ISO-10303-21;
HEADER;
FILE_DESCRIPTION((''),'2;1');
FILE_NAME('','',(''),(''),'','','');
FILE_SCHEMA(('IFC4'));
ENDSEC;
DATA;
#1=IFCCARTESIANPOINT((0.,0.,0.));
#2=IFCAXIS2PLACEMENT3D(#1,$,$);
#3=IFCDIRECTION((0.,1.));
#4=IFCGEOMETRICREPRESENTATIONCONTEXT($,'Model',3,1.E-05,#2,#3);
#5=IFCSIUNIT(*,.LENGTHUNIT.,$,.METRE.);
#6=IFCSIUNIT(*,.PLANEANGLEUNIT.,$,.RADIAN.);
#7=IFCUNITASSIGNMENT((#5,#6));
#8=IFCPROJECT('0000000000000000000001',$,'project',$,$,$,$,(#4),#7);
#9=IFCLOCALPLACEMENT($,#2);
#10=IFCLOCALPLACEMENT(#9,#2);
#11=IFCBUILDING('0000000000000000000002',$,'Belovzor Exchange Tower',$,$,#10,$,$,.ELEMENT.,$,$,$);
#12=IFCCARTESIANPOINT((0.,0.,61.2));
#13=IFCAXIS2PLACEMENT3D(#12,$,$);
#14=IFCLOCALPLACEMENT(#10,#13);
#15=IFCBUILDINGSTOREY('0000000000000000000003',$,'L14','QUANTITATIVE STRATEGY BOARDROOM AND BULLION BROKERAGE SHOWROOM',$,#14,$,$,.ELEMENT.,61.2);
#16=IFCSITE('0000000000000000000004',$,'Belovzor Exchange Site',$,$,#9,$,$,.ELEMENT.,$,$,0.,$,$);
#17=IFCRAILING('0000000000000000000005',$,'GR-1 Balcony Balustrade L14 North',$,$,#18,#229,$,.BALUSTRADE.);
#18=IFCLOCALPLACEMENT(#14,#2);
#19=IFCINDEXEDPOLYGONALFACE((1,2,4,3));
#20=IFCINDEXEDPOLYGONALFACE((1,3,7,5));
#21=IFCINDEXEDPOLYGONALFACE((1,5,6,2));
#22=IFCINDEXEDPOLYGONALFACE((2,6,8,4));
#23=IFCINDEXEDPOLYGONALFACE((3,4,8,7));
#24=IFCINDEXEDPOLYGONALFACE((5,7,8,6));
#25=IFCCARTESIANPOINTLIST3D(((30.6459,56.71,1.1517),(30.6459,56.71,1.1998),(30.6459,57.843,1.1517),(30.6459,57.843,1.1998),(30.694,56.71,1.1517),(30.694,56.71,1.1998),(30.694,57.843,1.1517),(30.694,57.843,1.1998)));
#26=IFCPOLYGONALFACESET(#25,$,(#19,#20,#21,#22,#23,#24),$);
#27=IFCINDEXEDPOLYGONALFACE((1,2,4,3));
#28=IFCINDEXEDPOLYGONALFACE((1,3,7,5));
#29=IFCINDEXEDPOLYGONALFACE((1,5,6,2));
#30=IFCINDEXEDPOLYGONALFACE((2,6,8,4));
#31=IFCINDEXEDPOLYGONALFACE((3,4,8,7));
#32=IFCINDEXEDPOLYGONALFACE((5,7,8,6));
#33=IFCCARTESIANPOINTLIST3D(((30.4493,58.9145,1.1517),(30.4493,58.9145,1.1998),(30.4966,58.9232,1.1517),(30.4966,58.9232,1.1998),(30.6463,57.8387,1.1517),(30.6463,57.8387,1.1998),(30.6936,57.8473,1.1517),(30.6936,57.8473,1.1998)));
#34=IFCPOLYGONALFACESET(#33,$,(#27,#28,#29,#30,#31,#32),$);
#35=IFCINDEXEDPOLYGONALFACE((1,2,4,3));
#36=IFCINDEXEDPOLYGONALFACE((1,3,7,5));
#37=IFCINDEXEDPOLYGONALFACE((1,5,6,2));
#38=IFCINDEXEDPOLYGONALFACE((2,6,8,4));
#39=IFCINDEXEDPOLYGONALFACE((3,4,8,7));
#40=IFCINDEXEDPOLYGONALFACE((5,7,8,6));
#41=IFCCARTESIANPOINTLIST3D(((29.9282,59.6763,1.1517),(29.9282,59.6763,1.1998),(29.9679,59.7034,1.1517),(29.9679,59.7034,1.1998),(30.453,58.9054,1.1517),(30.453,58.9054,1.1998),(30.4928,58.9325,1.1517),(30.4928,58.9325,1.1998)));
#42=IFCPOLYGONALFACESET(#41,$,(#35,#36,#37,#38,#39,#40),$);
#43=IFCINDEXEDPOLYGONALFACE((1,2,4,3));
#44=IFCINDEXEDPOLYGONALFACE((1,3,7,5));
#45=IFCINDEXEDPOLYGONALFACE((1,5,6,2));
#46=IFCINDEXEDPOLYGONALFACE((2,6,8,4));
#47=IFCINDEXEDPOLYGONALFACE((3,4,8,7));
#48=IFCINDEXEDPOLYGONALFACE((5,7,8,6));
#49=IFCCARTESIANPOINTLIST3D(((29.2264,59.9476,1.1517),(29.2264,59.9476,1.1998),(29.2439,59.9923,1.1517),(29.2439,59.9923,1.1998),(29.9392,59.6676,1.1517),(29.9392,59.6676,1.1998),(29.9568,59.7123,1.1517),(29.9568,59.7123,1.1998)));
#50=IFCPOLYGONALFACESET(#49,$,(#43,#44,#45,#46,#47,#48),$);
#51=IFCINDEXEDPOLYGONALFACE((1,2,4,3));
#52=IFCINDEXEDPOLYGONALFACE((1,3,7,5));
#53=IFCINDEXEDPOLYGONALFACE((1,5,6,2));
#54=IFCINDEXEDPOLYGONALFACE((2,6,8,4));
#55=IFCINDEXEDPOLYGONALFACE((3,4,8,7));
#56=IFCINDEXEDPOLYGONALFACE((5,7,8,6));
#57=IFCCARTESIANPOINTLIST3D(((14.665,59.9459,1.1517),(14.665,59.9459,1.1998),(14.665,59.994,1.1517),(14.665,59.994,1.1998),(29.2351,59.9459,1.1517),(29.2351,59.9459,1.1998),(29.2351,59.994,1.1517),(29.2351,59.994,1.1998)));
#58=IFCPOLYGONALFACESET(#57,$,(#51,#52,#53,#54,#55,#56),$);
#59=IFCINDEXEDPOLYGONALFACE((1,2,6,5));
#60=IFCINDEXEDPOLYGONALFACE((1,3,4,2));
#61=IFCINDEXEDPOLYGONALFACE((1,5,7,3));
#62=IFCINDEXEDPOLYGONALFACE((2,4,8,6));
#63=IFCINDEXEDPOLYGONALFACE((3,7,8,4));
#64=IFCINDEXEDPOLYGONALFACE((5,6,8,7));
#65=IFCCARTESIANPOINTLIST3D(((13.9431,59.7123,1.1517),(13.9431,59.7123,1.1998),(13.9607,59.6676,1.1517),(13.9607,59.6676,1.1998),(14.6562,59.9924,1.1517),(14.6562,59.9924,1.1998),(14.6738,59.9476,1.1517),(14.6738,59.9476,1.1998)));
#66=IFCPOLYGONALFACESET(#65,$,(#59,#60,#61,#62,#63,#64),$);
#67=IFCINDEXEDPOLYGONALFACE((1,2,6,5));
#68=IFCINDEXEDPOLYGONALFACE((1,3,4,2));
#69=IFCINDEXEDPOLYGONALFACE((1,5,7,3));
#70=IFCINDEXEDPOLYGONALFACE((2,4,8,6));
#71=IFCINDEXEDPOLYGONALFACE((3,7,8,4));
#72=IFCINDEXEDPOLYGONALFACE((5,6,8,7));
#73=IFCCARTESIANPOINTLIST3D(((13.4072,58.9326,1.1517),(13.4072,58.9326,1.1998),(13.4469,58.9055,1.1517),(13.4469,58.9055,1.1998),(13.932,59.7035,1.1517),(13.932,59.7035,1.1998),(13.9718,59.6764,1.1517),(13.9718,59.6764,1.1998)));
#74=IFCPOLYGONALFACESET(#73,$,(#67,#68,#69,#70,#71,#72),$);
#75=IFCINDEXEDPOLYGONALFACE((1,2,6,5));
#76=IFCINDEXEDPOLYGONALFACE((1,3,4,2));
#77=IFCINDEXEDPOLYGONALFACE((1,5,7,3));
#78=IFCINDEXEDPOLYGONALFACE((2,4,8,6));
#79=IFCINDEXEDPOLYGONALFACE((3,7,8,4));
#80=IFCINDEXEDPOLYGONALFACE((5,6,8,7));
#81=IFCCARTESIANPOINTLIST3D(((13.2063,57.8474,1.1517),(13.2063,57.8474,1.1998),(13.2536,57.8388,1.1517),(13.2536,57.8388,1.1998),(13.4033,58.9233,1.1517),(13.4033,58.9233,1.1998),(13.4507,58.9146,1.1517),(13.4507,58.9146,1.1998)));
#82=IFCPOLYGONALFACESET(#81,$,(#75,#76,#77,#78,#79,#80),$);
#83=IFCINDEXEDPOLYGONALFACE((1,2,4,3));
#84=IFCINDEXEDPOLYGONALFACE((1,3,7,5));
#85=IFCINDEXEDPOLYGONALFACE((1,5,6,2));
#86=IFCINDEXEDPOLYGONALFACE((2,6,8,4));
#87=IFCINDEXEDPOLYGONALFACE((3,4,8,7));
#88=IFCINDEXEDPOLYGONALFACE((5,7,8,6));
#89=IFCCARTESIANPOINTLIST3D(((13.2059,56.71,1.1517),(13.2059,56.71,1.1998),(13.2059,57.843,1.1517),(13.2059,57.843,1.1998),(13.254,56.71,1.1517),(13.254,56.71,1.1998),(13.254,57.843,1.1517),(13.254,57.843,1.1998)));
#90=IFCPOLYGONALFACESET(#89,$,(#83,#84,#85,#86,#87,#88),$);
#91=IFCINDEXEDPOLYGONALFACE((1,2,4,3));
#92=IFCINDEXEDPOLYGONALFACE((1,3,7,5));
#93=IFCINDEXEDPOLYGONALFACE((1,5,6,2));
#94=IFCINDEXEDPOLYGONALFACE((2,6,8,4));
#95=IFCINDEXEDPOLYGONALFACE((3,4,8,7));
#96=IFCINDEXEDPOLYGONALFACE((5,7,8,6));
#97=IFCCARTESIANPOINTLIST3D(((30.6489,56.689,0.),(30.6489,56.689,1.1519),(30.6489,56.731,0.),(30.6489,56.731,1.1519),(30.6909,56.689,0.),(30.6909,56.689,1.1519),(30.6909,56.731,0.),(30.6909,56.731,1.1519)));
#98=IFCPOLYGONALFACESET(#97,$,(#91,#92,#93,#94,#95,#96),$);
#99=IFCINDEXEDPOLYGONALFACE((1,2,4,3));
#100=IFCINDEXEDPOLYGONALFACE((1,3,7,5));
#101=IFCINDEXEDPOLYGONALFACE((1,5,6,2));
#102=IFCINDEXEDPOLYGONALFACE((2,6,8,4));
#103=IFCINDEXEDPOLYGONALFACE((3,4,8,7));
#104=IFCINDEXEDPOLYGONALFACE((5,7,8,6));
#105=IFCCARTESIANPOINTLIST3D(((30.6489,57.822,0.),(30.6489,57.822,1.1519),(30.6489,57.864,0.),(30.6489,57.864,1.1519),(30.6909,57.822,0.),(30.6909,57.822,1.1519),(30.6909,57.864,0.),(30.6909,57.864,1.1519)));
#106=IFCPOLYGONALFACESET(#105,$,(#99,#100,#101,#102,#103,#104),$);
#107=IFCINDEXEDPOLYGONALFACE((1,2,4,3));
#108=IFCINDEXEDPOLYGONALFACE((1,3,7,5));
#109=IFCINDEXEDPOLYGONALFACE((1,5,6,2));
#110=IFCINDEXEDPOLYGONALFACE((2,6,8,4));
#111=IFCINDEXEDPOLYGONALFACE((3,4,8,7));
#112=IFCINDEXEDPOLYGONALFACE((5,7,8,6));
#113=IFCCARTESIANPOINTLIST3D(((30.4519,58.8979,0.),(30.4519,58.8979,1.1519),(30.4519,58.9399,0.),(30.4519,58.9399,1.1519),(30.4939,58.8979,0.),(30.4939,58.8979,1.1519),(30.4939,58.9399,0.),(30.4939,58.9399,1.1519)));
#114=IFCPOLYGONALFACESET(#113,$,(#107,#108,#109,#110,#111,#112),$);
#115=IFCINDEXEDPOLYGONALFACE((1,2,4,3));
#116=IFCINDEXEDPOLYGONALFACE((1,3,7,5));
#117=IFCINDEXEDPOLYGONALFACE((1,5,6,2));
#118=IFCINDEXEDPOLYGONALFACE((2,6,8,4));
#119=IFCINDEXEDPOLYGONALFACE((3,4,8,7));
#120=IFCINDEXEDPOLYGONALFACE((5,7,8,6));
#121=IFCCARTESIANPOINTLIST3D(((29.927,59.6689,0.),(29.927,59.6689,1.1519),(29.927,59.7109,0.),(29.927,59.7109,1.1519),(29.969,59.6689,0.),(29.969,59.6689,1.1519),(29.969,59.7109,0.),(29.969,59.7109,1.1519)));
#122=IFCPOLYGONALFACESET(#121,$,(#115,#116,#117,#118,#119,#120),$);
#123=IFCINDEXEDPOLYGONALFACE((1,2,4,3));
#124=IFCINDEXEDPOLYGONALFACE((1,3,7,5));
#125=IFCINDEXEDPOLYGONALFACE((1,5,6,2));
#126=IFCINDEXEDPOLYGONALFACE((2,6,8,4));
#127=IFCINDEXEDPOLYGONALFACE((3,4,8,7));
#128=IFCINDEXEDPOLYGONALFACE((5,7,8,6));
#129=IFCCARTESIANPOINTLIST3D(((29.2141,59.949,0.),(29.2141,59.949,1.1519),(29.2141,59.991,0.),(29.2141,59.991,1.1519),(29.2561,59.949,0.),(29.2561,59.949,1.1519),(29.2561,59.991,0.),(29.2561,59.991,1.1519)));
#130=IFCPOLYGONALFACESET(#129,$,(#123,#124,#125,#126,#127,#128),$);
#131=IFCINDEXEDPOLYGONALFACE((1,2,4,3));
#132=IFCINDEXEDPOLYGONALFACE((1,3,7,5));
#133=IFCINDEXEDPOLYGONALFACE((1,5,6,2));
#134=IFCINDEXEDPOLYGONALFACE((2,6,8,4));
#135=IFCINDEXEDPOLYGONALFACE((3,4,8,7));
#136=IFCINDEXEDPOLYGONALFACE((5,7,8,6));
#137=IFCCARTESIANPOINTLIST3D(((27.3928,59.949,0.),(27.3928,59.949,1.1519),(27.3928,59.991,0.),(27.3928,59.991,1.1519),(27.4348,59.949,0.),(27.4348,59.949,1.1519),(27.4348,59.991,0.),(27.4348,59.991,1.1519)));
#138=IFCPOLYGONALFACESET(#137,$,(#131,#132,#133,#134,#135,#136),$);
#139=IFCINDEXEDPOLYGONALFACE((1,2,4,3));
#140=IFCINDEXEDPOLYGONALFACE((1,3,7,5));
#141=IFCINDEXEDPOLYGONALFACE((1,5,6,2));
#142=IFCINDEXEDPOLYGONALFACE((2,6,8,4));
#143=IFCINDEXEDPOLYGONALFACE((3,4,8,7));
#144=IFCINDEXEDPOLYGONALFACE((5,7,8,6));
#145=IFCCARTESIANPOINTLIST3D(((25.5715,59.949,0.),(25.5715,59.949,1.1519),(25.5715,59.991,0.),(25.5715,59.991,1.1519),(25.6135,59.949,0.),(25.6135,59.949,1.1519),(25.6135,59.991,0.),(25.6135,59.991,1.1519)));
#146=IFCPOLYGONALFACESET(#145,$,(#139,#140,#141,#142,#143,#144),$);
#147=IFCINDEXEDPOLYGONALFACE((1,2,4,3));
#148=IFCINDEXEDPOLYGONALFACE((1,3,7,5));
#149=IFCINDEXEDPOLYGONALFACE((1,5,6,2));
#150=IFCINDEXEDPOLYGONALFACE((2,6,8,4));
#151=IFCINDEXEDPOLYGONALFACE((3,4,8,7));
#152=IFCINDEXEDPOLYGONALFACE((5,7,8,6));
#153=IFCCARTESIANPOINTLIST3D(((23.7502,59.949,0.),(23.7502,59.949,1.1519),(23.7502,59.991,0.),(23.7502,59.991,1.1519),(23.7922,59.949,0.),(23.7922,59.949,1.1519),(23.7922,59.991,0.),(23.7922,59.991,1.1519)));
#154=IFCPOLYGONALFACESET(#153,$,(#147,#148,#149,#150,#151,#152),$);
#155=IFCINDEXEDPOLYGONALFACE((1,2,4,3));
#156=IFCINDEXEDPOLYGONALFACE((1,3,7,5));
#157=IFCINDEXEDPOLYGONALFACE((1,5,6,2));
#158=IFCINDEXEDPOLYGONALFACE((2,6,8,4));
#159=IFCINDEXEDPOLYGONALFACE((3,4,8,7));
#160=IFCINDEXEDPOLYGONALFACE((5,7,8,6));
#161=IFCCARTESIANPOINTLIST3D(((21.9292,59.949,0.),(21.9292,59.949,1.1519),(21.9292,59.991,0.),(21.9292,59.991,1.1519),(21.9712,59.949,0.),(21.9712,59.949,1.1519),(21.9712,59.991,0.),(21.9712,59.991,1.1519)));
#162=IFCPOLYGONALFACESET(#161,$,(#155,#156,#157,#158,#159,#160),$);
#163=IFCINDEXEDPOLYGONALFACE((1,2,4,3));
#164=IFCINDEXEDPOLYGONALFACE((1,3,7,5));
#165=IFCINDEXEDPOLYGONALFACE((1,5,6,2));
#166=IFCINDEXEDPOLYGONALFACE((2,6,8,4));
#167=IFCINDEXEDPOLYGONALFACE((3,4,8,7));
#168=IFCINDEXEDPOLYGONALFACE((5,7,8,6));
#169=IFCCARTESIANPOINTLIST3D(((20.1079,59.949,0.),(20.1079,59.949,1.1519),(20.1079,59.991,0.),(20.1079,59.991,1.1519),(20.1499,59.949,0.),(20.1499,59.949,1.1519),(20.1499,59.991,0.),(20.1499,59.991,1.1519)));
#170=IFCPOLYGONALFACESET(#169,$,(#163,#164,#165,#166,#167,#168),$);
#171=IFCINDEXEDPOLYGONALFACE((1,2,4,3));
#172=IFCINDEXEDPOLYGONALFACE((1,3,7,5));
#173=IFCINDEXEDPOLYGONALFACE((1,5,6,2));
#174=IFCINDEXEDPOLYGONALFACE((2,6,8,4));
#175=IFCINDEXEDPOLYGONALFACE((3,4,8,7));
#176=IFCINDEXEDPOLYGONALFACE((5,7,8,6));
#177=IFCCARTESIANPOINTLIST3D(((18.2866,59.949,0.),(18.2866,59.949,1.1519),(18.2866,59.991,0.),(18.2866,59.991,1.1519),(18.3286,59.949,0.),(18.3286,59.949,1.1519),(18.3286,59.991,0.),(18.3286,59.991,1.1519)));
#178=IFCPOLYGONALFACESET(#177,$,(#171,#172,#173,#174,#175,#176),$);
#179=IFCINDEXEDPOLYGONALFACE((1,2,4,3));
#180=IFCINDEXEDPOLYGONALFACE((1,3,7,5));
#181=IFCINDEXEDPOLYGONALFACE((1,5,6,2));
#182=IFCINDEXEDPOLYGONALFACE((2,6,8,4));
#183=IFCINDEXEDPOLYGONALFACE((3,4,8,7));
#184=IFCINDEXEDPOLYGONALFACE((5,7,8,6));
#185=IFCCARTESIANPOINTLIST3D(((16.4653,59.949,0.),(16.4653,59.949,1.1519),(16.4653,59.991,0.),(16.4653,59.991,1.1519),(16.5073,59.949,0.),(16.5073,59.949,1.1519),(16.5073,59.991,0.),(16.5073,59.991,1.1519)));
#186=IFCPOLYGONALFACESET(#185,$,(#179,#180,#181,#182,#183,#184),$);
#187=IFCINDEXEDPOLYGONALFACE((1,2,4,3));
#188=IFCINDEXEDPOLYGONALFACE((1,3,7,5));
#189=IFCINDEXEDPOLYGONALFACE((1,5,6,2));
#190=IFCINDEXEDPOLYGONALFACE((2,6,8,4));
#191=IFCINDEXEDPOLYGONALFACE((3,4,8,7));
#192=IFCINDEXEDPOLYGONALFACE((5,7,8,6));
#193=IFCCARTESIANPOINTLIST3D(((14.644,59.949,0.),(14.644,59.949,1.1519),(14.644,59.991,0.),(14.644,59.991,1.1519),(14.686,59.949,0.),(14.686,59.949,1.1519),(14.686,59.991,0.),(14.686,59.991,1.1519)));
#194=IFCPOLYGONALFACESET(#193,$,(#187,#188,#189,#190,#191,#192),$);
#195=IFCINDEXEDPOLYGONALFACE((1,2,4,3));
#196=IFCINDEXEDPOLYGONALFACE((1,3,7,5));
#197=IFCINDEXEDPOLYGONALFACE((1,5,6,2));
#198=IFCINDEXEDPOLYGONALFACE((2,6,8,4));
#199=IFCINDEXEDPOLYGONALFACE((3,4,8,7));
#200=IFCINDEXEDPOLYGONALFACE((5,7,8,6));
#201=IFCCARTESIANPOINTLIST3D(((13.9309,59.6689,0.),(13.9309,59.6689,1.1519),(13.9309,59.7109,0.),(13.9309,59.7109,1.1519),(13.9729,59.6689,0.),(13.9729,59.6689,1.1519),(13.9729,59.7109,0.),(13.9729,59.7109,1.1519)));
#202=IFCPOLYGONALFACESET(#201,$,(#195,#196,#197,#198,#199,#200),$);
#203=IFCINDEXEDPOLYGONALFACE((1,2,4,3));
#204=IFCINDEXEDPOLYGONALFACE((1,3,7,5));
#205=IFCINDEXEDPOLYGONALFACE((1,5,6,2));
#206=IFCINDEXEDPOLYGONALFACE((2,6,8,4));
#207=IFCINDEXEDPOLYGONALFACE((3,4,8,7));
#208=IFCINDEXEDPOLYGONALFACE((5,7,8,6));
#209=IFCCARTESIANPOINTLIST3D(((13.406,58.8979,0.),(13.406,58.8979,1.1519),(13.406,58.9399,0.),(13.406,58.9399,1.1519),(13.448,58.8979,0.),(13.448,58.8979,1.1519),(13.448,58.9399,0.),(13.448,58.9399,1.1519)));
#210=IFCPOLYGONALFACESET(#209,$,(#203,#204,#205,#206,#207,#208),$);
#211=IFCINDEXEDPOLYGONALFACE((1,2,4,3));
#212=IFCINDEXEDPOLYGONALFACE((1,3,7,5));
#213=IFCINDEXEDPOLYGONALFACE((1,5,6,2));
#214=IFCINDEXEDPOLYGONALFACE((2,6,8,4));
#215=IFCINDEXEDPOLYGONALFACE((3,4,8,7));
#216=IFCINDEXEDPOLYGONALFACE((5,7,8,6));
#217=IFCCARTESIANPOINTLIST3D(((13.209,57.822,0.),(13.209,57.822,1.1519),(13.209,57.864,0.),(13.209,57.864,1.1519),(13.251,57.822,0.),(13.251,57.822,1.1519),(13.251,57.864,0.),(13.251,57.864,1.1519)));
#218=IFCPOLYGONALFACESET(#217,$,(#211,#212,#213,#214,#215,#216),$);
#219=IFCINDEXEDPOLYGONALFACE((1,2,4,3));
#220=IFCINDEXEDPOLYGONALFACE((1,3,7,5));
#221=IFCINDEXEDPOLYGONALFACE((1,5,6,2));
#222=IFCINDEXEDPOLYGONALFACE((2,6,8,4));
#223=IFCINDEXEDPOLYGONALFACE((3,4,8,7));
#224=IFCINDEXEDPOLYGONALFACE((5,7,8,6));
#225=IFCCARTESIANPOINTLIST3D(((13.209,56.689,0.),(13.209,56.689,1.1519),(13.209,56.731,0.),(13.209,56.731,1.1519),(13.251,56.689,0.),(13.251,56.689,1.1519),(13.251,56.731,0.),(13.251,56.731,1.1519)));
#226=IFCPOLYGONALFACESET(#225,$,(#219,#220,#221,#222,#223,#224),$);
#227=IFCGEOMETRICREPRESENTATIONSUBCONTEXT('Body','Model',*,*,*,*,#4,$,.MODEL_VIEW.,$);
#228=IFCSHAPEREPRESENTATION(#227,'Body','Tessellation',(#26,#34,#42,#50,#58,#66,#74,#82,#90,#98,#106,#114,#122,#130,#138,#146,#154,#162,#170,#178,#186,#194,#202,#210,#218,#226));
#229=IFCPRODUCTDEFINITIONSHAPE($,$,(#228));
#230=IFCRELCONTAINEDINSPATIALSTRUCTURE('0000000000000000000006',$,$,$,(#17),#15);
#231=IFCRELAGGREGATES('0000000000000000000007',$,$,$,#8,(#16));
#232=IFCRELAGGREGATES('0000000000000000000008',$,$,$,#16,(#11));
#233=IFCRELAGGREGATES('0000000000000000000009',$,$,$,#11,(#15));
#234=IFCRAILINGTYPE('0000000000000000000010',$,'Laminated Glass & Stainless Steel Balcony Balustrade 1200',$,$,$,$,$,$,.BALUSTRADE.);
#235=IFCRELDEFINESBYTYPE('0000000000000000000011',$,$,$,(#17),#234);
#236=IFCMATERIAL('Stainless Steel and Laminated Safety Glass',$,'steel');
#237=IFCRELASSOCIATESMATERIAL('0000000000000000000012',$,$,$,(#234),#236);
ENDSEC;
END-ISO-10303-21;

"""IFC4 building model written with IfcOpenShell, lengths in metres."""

from ifc_helpers import new_model, si_unit, direction, frame, origin, origin_2d, place, context, subcontext, project, spatial, rectangle, extrude, material, type_object, element, save


model = new_model("IFC4")

# Units and contexts
model_context = context("Model", 3, precision=1e-05, world=origin(), true_north=direction((0.0, 1.0)))
body_context = subcontext(model_context, "Body", "Model", "MODEL_VIEW")
ifc_project = project(units=[si_unit("LENGTHUNIT", "METRE"), si_unit("PLANEANGLEUNIT", "RADIAN")], contexts=[model_context])

# Site, building, storey
site_placement = place(None, origin())
site = spatial("IfcSite", under=ifc_project, at=site_placement, Name="Belovzor Exchange Site", CompositionType="ELEMENT", RefElevation=0.0)
building_placement = place(site_placement, origin())
building = spatial("IfcBuilding", under=site, at=building_placement, Name="Belovzor Exchange Tower", CompositionType="ELEMENT")
storey_placement = place(building_placement, frame((0.0, 0.0, 61.2)))
storey = spatial("IfcBuildingStorey", under=building, at=storey_placement, Name="L14", Description="QUANTITATIVE STRATEGY BOARDROOM AND BULLION BROKERAGE SHOWROOM", CompositionType="ELEMENT", Elevation=61.2)

# Railing
ifc_material_1 = material(Name="Stainless Steel and Laminated Safety Glass", Category="steel")
railing_type = type_object("IfcRailingType", Name="Laminated Glass & Stainless Steel Balcony Balustrade 1200", PredefinedType="BALUSTRADE", material=ifc_material_1)
railing_placement = place(storey_placement, frame((30.6699, 56.71, 0.0)))
element("IfcRailing", 1, at=railing_placement, inside=storey, type_object=railing_type, Name="GR-1 Balcony Balustrade L14 North", PredefinedType="BALUSTRADE", context=body_context, shape_type="SweptSolid", body=[
    extrude(rectangle(XDim=0.0481, YDim=0.0481, at=origin_2d()), frame((0.0, 0.0, 1.1758), z_axis=(0.0, 1.0, 0.0), x_axis=(-1.0, 0.0, 0.0)), (0.0, 0.0, 1.0), 1.1331),
    extrude(rectangle(XDim=0.0481, YDim=0.0481, at=origin_2d()), frame((0.0, 1.1331, 1.1758), z_axis=(-0.180123, 0.983644, 0.0), x_axis=(-0.983644, -0.180123, 0.0)), (0.0, 0.0, 1.0), 1.0938),
    extrude(rectangle(XDim=0.0481, YDim=0.0481, at=origin_2d()), frame((-0.197, 2.209, 1.1758), z_axis=(-0.562768, 0.826615, 0.0), x_axis=(-0.826615, -0.562768, 0.0)), (0.0, 0.0, 1.0), 0.9326),
    extrude(rectangle(XDim=0.0481, YDim=0.0481, at=origin_2d()), frame((-0.7219, 2.98, 1.1758), z_axis=(-0.930767, 0.365613, 0.0), x_axis=(-0.365613, -0.930767, 0.0)), (0.0, 0.0, 1.0), 0.7659),
    extrude(rectangle(XDim=0.0481, YDim=0.0481, at=origin_2d()), frame((-1.4348, 3.26, 1.1758), z_axis=(-1.0, 0.0, 0.0), x_axis=(0.0, -1.0, 0.0)), (0.0, 0.0, 1.0), 14.5701),
    extrude(rectangle(XDim=0.0481, YDim=0.0481, at=origin_2d()), frame((-16.0049, 3.26, 1.1758), z_axis=(-0.93081, -0.365504, 0.0), x_axis=(0.365504, -0.93081, 0.0)), (0.0, 0.0, 1.0), 0.7661),
    extrude(rectangle(XDim=0.0481, YDim=0.0481, at=origin_2d()), frame((-16.718, 2.98, 1.1758), z_axis=(-0.562768, -0.826615, 0.0), x_axis=(0.826615, -0.562768, 0.0)), (0.0, 0.0, 1.0), 0.9326),
    extrude(rectangle(XDim=0.0481, YDim=0.0481, at=origin_2d()), frame((-17.2429, 2.209, 1.1758), z_axis=(-0.180123, -0.983644, 0.0), x_axis=(0.983644, -0.180123, 0.0)), (0.0, 0.0, 1.0), 1.0938),
    extrude(rectangle(XDim=0.0481, YDim=0.0481, at=origin_2d()), frame((-17.4399, 1.1331, 1.1758), z_axis=(0.0, -1.0, 0.0), x_axis=(1.0, 0.0, 0.0)), (0.0, 0.0, 1.0), 1.1331),
    extrude(rectangle(XDim=0.042, YDim=0.042, at=origin_2d()), origin(), (0.0, 0.0, 1.0), 1.1519),
    extrude(rectangle(XDim=0.042, YDim=0.042, at=origin_2d()), frame((0.0, 1.1331, 0.0)), (0.0, 0.0, 1.0), 1.1519),
    extrude(rectangle(XDim=0.042, YDim=0.042, at=origin_2d()), frame((-0.197, 2.209, 0.0)), (0.0, 0.0, 1.0), 1.1519),
    extrude(rectangle(XDim=0.042, YDim=0.042, at=origin_2d()), frame((-0.7219, 2.98, 0.0)), (0.0, 0.0, 1.0), 1.1519),
    extrude(rectangle(XDim=0.042, YDim=0.042, at=origin_2d()), frame((-1.4348, 3.26, 0.0)), (0.0, 0.0, 1.0), 1.1519),
    extrude(rectangle(XDim=0.042, YDim=0.042, at=origin_2d()), frame((-3.2561, 3.26, 0.0)), (0.0, 0.0, 1.0), 1.1519),
    extrude(rectangle(XDim=0.042, YDim=0.042, at=origin_2d()), frame((-5.0774, 3.26, 0.0)), (0.0, 0.0, 1.0), 1.1519),
    extrude(rectangle(XDim=0.042, YDim=0.042, at=origin_2d()), frame((-6.8987, 3.26, 0.0)), (0.0, 0.0, 1.0), 1.1519),
    extrude(rectangle(XDim=0.042, YDim=0.042, at=origin_2d()), frame((-8.7197, 3.26, 0.0)), (0.0, 0.0, 1.0), 1.1519),
    extrude(rectangle(XDim=0.042, YDim=0.042, at=origin_2d()), frame((-10.541, 3.26, 0.0)), (0.0, 0.0, 1.0), 1.1519),
    extrude(rectangle(XDim=0.042, YDim=0.042, at=origin_2d()), frame((-12.3623, 3.26, 0.0)), (0.0, 0.0, 1.0), 1.1519),
    extrude(rectangle(XDim=0.042, YDim=0.042, at=origin_2d()), frame((-14.1836, 3.26, 0.0)), (0.0, 0.0, 1.0), 1.1519),
    extrude(rectangle(XDim=0.042, YDim=0.042, at=origin_2d()), frame((-16.0049, 3.26, 0.0)), (0.0, 0.0, 1.0), 1.1519),
    extrude(rectangle(XDim=0.042, YDim=0.042, at=origin_2d()), frame((-16.718, 2.98, 0.0)), (0.0, 0.0, 1.0), 1.1519),
    extrude(rectangle(XDim=0.042, YDim=0.042, at=origin_2d()), frame((-17.2429, 2.209, 0.0)), (0.0, 0.0, 1.0), 1.1519),
    extrude(rectangle(XDim=0.042, YDim=0.042, at=origin_2d()), frame((-17.4399, 1.1331, 0.0)), (0.0, 0.0, 1.0), 1.1519),
    extrude(rectangle(XDim=0.042, YDim=0.042, at=origin_2d()), frame((-17.4399, 0.0, 0.0)), (0.0, 0.0, 1.0), 1.1519),
])

save(model, "model.ifc")
